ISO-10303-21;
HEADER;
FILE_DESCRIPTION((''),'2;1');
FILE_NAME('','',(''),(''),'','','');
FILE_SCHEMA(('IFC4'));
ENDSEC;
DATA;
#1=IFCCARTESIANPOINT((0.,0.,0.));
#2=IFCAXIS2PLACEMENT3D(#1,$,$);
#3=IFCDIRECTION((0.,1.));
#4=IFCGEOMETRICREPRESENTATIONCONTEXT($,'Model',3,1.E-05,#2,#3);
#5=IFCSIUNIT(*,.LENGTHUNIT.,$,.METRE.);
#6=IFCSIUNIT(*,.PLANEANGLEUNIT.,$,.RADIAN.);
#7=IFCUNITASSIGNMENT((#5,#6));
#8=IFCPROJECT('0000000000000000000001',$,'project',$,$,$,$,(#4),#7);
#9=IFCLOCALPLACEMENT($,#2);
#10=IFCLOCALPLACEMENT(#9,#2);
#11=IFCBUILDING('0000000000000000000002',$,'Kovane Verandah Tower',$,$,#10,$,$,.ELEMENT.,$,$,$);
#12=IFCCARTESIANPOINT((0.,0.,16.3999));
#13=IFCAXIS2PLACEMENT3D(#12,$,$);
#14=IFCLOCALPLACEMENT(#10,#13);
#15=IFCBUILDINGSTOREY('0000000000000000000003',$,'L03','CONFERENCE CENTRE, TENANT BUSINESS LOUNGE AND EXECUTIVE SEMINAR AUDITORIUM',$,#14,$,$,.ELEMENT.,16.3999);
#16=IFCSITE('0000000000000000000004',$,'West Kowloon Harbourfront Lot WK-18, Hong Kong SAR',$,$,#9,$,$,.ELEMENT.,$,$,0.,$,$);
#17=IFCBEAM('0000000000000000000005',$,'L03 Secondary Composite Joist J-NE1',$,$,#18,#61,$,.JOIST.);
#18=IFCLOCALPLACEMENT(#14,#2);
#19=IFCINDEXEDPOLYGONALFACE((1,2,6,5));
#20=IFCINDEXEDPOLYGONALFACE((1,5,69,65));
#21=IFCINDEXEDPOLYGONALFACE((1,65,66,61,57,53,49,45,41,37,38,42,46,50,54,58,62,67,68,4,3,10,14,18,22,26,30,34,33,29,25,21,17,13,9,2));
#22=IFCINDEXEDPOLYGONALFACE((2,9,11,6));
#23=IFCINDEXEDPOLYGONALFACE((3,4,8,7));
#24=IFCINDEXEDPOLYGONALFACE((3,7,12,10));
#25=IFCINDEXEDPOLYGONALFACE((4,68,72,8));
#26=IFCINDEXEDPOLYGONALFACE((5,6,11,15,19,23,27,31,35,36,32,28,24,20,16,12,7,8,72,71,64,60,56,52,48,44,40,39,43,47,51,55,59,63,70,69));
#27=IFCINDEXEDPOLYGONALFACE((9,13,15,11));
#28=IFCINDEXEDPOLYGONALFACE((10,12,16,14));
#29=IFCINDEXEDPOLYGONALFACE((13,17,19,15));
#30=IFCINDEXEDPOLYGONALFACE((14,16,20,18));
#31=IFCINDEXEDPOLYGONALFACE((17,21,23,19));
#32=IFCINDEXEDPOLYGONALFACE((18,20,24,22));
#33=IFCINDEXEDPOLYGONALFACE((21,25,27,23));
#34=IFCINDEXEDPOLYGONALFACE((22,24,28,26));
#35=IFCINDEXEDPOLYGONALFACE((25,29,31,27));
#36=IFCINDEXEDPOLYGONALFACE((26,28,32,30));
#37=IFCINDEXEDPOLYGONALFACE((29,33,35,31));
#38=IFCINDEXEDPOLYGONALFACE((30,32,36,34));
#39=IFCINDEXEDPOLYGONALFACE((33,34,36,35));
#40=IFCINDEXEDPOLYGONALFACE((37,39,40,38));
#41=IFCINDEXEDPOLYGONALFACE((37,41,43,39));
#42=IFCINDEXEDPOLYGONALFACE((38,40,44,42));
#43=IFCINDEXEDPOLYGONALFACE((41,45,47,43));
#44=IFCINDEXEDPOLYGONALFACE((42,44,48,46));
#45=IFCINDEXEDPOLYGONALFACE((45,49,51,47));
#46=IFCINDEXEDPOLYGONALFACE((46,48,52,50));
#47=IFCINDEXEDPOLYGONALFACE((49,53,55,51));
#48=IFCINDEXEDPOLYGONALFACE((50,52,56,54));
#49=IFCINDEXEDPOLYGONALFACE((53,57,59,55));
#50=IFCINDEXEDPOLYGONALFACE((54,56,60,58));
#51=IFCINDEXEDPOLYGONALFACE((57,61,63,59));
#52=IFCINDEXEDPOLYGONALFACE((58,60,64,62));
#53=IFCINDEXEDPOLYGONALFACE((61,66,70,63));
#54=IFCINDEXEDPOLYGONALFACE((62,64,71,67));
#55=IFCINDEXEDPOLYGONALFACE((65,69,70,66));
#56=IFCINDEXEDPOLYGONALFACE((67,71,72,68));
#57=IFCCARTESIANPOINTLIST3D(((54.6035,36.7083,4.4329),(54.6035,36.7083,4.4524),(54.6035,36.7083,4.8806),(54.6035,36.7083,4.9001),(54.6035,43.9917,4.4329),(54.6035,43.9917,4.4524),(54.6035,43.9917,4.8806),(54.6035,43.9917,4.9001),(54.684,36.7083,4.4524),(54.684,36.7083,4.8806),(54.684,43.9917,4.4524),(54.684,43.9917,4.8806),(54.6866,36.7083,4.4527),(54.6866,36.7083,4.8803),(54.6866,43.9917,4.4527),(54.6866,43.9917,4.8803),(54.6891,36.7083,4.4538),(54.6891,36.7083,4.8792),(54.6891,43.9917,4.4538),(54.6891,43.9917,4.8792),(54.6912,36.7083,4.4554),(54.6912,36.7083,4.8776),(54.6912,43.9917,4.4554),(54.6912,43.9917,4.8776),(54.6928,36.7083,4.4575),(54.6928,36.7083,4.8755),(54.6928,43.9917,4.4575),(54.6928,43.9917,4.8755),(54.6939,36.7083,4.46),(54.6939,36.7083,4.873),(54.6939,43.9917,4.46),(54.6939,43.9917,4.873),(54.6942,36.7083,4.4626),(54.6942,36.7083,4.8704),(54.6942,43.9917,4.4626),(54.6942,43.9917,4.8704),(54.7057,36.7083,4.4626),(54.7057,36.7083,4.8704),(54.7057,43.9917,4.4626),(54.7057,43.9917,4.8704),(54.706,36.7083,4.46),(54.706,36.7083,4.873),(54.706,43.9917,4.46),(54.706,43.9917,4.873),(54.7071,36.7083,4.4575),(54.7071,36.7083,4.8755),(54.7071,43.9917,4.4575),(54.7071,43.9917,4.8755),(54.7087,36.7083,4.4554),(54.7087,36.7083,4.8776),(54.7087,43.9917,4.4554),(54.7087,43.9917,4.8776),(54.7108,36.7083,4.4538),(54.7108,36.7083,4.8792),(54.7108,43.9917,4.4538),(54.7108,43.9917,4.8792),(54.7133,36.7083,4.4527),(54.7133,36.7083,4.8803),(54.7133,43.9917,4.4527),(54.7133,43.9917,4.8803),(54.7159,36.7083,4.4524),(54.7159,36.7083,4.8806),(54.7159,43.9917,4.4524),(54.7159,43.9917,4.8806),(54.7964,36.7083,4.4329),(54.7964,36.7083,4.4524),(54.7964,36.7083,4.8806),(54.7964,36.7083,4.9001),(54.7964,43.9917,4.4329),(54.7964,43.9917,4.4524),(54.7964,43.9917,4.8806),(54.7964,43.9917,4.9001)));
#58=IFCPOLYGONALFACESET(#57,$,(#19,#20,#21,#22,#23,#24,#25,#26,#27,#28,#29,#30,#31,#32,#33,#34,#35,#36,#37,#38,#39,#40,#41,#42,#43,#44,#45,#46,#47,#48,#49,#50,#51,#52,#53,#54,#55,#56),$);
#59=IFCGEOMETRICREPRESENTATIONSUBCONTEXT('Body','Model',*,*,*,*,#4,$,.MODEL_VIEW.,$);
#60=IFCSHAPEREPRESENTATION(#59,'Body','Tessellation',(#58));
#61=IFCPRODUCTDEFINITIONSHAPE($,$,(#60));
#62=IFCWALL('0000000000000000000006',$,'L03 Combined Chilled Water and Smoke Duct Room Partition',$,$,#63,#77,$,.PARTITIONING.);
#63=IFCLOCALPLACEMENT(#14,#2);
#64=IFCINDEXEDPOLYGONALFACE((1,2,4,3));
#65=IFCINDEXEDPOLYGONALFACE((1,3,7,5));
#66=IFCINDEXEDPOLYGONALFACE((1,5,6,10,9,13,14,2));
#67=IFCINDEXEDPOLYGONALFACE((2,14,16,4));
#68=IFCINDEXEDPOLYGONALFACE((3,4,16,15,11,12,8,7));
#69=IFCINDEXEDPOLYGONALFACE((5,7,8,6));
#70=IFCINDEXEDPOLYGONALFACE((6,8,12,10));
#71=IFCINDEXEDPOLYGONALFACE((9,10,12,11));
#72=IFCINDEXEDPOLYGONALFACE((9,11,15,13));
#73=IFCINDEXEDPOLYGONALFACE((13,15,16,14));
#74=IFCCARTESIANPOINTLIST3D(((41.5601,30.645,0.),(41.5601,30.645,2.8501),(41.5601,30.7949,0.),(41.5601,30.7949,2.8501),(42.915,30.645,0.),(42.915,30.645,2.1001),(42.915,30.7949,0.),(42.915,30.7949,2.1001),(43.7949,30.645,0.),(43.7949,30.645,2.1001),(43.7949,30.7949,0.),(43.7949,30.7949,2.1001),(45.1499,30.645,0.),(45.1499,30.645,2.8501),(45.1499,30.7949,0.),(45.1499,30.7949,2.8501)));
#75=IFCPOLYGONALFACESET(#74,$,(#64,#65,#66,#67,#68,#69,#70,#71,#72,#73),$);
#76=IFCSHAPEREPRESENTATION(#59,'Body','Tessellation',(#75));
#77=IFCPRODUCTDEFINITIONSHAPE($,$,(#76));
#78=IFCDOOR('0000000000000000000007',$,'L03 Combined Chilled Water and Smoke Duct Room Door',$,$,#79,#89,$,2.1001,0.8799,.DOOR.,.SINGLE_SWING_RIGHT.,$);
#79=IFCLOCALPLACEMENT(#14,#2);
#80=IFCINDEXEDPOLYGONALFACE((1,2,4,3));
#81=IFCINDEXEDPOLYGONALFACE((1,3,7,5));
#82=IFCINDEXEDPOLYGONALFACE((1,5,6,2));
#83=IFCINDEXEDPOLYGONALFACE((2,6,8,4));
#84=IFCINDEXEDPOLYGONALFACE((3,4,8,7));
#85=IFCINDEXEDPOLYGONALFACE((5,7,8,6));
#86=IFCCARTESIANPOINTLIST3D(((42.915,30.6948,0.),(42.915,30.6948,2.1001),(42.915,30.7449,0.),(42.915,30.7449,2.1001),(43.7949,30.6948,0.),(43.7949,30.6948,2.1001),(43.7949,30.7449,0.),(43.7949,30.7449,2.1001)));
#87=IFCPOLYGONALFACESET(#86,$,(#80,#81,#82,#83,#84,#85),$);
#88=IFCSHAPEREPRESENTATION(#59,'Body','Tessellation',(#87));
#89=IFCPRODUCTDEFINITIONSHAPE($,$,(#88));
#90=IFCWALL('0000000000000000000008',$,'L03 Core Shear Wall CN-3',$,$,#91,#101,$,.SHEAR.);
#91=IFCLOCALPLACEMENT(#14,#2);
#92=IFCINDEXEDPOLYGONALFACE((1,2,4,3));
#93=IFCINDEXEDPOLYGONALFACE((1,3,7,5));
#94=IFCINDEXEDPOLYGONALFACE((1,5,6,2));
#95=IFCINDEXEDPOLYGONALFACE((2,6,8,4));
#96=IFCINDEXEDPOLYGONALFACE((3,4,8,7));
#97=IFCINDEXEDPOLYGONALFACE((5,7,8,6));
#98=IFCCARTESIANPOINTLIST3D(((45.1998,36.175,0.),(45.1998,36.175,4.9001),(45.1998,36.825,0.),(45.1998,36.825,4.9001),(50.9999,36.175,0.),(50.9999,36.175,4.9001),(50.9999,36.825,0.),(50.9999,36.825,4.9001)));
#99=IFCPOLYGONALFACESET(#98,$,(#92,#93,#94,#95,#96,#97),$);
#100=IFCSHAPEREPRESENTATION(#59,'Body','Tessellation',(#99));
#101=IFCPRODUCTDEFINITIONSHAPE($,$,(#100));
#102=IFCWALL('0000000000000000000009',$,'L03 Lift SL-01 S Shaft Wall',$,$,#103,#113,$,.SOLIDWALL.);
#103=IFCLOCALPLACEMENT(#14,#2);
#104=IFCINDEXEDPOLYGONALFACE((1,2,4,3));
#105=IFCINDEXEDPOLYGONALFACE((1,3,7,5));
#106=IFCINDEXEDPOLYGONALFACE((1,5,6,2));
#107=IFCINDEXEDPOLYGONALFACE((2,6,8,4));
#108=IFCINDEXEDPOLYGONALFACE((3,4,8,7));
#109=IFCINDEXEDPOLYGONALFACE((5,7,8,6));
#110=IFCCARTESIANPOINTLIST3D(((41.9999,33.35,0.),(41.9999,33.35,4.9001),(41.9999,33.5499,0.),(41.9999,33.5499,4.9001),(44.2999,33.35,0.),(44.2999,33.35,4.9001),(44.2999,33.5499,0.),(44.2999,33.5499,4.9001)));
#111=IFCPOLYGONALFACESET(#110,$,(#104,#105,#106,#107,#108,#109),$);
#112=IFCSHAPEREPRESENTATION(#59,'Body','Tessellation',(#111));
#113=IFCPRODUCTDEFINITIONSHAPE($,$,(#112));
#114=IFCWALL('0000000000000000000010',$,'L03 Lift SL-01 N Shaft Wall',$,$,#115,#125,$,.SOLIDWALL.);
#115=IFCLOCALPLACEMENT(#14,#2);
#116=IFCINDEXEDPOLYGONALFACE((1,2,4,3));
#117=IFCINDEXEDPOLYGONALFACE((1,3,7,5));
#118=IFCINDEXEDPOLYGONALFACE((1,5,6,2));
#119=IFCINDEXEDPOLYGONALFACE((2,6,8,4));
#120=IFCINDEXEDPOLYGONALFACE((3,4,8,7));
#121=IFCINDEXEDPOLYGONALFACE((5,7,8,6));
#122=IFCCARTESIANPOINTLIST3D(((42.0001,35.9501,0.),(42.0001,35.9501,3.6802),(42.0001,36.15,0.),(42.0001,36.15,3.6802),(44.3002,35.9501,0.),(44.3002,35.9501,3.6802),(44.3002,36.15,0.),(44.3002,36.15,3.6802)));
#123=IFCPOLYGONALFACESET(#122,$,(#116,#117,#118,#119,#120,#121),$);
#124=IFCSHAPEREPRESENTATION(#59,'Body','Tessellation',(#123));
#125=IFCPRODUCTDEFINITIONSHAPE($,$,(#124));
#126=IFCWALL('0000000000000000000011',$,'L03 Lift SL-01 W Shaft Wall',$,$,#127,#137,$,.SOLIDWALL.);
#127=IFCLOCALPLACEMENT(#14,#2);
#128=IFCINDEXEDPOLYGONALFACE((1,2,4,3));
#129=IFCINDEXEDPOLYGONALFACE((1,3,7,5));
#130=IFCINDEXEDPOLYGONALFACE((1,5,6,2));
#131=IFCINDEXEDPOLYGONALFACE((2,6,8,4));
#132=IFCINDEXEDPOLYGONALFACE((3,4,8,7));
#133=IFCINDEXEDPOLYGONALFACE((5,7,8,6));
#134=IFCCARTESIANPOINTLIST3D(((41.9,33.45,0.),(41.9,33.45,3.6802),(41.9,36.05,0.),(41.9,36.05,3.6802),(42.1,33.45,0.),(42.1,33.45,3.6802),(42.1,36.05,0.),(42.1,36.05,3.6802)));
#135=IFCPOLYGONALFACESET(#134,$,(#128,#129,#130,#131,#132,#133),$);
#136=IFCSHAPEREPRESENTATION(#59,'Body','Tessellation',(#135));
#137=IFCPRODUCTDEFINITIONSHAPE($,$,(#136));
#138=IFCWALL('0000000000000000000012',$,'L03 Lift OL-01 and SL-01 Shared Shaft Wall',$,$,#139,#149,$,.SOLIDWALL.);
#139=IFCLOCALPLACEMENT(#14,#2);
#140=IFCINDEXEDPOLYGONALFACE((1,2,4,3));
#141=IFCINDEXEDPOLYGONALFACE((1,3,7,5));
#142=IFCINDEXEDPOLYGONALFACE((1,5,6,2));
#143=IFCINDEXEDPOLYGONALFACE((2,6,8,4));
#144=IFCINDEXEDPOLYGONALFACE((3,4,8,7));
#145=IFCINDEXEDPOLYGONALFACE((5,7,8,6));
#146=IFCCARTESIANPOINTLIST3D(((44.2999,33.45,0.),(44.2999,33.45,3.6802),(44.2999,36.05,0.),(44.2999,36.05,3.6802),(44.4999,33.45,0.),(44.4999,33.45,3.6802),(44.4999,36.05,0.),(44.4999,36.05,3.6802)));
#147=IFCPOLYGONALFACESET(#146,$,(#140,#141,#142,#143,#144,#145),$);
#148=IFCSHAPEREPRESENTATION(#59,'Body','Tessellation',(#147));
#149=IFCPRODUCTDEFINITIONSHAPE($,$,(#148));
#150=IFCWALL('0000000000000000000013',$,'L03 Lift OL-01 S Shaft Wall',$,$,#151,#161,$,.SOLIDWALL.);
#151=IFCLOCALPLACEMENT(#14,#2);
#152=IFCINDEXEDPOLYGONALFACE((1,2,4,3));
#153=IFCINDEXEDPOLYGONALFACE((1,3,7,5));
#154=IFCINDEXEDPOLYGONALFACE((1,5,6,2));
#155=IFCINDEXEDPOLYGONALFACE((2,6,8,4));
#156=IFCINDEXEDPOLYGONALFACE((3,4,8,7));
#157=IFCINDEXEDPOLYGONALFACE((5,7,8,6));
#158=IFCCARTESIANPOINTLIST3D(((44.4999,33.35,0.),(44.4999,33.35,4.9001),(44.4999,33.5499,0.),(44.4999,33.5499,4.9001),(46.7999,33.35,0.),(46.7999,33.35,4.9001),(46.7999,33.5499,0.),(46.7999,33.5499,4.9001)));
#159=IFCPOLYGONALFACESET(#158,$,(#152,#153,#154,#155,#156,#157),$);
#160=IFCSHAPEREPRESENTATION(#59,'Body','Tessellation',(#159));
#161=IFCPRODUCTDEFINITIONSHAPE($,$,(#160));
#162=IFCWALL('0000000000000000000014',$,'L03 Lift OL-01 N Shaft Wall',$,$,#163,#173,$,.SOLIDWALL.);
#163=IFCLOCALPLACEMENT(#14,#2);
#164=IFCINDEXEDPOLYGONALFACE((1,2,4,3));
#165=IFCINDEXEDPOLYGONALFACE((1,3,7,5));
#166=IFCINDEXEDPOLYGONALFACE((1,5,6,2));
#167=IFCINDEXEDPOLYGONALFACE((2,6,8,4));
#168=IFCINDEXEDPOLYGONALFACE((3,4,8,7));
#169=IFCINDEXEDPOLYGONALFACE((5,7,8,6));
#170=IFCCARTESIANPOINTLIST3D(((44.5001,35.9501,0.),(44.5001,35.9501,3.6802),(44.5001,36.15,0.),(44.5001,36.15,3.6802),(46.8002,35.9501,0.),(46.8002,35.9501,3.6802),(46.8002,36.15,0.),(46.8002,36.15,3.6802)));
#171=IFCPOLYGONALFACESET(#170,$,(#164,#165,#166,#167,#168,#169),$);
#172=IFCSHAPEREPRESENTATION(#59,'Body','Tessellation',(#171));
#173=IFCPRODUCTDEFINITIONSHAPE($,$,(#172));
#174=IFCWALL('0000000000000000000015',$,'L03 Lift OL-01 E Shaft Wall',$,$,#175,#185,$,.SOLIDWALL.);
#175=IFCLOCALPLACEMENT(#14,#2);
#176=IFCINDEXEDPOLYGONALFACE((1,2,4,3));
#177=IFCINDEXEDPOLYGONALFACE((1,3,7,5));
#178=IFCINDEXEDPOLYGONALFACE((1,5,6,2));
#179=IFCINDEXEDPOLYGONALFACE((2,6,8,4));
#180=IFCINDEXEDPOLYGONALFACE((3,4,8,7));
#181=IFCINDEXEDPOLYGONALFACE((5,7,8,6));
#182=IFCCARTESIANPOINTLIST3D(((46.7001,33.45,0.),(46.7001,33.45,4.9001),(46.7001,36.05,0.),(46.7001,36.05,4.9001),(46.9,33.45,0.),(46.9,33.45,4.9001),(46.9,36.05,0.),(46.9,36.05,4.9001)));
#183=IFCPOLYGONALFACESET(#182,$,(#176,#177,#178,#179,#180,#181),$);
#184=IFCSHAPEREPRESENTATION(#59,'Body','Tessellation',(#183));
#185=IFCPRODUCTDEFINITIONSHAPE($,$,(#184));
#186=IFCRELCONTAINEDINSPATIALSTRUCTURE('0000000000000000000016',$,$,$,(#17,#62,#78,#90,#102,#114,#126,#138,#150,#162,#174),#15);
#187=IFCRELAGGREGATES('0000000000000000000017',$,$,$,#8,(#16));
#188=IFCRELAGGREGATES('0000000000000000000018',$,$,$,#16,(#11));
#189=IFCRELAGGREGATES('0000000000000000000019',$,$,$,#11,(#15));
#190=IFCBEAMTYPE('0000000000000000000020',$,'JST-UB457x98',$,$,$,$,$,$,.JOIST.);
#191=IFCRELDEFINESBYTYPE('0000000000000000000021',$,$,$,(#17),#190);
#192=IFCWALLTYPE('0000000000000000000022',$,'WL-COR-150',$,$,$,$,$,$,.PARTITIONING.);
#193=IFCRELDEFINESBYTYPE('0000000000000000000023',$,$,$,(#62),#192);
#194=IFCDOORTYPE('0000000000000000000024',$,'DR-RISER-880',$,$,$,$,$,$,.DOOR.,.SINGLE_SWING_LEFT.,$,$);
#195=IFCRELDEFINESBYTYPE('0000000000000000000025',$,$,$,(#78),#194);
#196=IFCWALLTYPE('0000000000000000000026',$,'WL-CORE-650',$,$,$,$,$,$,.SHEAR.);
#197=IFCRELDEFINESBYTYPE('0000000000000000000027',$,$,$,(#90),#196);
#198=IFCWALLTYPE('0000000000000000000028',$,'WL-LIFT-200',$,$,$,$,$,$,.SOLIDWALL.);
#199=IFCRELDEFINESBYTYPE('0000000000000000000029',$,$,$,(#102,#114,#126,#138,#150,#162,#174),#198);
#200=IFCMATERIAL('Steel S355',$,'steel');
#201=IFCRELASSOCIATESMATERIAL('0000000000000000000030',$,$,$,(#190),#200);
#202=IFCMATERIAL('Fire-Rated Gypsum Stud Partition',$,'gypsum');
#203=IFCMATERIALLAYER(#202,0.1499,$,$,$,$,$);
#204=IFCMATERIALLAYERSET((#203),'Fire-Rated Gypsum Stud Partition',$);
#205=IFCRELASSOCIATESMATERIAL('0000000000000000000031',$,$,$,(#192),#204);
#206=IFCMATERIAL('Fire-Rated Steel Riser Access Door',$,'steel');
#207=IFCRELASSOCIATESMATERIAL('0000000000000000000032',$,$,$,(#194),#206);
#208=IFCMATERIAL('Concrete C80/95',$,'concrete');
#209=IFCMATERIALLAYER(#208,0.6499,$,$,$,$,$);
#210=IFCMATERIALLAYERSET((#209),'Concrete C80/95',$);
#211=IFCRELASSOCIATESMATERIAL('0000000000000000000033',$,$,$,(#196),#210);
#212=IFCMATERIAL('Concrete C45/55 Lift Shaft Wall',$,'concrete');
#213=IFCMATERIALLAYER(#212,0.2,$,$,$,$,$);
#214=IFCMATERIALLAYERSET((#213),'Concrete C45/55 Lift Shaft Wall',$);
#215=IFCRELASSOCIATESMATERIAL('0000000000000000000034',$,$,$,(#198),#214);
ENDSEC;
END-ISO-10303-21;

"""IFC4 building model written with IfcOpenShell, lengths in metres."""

from ifc_helpers import new_model, si_unit, direction, frame, frame_2d, origin, origin_2d, place, context, subcontext, project, spatial, rectangle, i_section, extrude, material, layer, layer_set, material_profile, profile_set, type_object, element, fill, save


model = new_model("IFC4")

# Units and contexts
model_context = context("Model", 3, precision=1e-05, world=origin(), true_north=direction((0.0, 1.0)))
body_context = subcontext(model_context, "Body", "Model", "MODEL_VIEW")
ifc_project = project(units=[si_unit("LENGTHUNIT", "METRE"), si_unit("PLANEANGLEUNIT", "RADIAN")], contexts=[model_context])

# Site, building, storey
site_placement = place(None, origin())
site = spatial("IfcSite", under=ifc_project, at=site_placement, Name="West Kowloon Harbourfront Lot WK-18, Hong Kong SAR", CompositionType="ELEMENT", RefElevation=0.0)
building_placement = place(site_placement, origin())
building = spatial("IfcBuilding", under=site, at=building_placement, Name="Kovane Verandah Tower", CompositionType="ELEMENT")
storey_placement = place(building_placement, frame((0.0, 0.0, 16.3999)))
storey = spatial("IfcBuildingStorey", under=building, at=storey_placement, Name="L03", Description="CONFERENCE CENTRE, TENANT BUSINESS LOUNGE AND EXECUTIVE SEMINAR AUDITORIUM", CompositionType="ELEMENT", Elevation=16.3999)

# Shared definitions
ifc_material_1 = material(Name="Concrete C80/95", Category="concrete")

# Beam
ifc_material_2 = material(Name="Steel S355", Category="steel")
ifc_material_profile_1 = material_profile(ifc_material_2, i_section(OverallWidth=0.1929, OverallDepth=0.4673, WebThickness=0.0115, FlangeThickness=0.0195, FilletRadius=0.0103, at=origin_2d()), Name="UB457x191x98")
ifc_profile_set_1 = profile_set([ifc_material_profile_1], Name="Steel S355")
beam_type_1 = type_object("IfcBeamType", Name="JST-UB457x98", PredefinedType="JOIST", material=ifc_profile_set_1)
beam_1_placement = place(storey_placement, frame((54.7, 36.7083, 4.6665), z_axis=(0.0, 1.0, 0.0), x_axis=(-1.0, 0.0, 0.0)))
element("IfcBeam", 1, at=beam_1_placement, inside=storey, type_object=beam_type_1, Name="L03 Secondary Composite Joist J-NE1", PredefinedType="JOIST", context=body_context, shape_type="SweptSolid", body=[
    extrude(i_section(OverallWidth=0.1929, OverallDepth=0.4673, WebThickness=0.0115, FlangeThickness=0.0195, FilletRadius=0.0103, at=origin_2d()), origin(), (0.0, 0.0, 1.0), 7.2834),
])

# Wall, opening, door
ifc_material_3 = material(Name="Fire-Rated Gypsum Stud Partition", Category="gypsum")
ifc_layer_1 = layer(ifc_material_3, 0.1499)
ifc_layer_set_1 = layer_set([ifc_layer_1], Name="Fire-Rated Gypsum Stud Partition")
wall_type_1 = type_object("IfcWallType", Name="WL-COR-150", PredefinedType="PARTITIONING", material=ifc_layer_set_1)
wall_1_placement = place(storey_placement, frame((41.5601, 30.72, 0.0), z_axis=(0.0, 0.0, 1.0), x_axis=(1.0, 0.0, 0.0)))
wall_1 = element("IfcWall", 2, at=wall_1_placement, inside=storey, type_object=wall_type_1, Name="L03 Combined Chilled Water and Smoke Duct Room Partition", PredefinedType="PARTITIONING", context=body_context, shape_type="SweptSolid", body=[
    extrude(rectangle(XDim=3.5898, YDim=0.1499, at=frame_2d((1.7949, 0.0))), origin(), (0.0, 0.0, 1.0), 2.8501),
])
opening_1_placement = place(wall_1_placement, frame((1.355, 0.0, 0.0)))
opening_1 = element("IfcOpeningElement", 3, at=opening_1_placement, cuts=wall_1, PredefinedType="OPENING", context=body_context, shape_type="SweptSolid", body=[
    extrude(rectangle(XDim=0.8799, YDim=2.1001, at=frame_2d((0.4399, 1.05))), frame((0.0, 0.075, 0.0), z_axis=(0.0, -1.0, 0.0), x_axis=(1.0, 0.0, 0.0)), (0.0, 0.0, 1.0), 0.1499),
])
ifc_material_4 = material(Name="Fire-Rated Steel Riser Access Door", Category="steel")
door_type_1 = type_object("IfcDoorType", Name="DR-RISER-880", OperationType="SINGLE_SWING_LEFT", PredefinedType="DOOR", material=ifc_material_4)
door_1_placement = place(opening_1_placement, origin())
door_1 = element("IfcDoor", 4, at=door_1_placement, inside=storey, type_object=door_type_1, Name="L03 Combined Chilled Water and Smoke Duct Room Door", OperationType="SINGLE_SWING_RIGHT", OverallHeight=2.1001, OverallWidth=0.8799, PredefinedType="DOOR", context=body_context, shape_type="SweptSolid", body=[
    extrude(rectangle(XDim=0.8799, YDim=2.1001, at=frame_2d((0.4399, 1.05))), frame((0.0, 0.0249, 0.0), z_axis=(0.0, -1.0, 0.0), x_axis=(1.0, 0.0, 0.0)), (0.0, 0.0, 1.0), 0.05),
])
fill(opening_1, door_1)
ifc_layer_2 = layer(ifc_material_1, 0.6499)
ifc_layer_set_2 = layer_set([ifc_layer_2], Name="Concrete C80/95")
wall_type_2 = type_object("IfcWallType", Name="WL-CORE-650", PredefinedType="SHEAR", material=ifc_layer_set_2)

# Walls
wall_2_placement = place(storey_placement, frame((45.2, 36.5, 0.0), z_axis=(0.0, 0.0, 1.0), x_axis=(1.0, 0.0, 0.0)))
element("IfcWall", 5, at=wall_2_placement, inside=storey, type_object=wall_type_2, Name="L03 Core Shear Wall CN-3", PredefinedType="SHEAR", context=body_context, shape_type="SweptSolid", body=[
    extrude(rectangle(XDim=5.8, YDim=0.6499, at=frame_2d((2.8999, 0.0))), origin(), (0.0, 0.0, 1.0), 4.9001),
])
ifc_material_5 = material(Name="Concrete C45/55 Lift Shaft Wall", Category="concrete")
ifc_layer_3 = layer(ifc_material_5, 0.2)
ifc_layer_set_3 = layer_set([ifc_layer_3], Name="Concrete C45/55 Lift Shaft Wall")
wall_type_3 = type_object("IfcWallType", Name="WL-LIFT-200", PredefinedType="SOLIDWALL", material=ifc_layer_set_3)
wall_3_placement = place(storey_placement, frame((42.0, 33.45, 0.0), z_axis=(0.0, 0.0, 1.0), x_axis=(1.0, 0.0, 0.0)))
element("IfcWall", 6, at=wall_3_placement, inside=storey, type_object=wall_type_3, Name="L03 Lift SL-01 S Shaft Wall", PredefinedType="SOLIDWALL", context=body_context, shape_type="SweptSolid", body=[
    extrude(rectangle(XDim=2.3, YDim=0.2, at=frame_2d((1.1499, 0.0))), origin(), (0.0, 0.0, 1.0), 4.9001),
])
wall_4_placement = place(storey_placement, frame((44.3, 36.05, 0.0), z_axis=(0.0, 0.0, 1.0), x_axis=(-1.0, 0.0, 0.0)))
element("IfcWall", 7, at=wall_4_placement, inside=storey, type_object=wall_type_3, Name="L03 Lift SL-01 N Shaft Wall", PredefinedType="SOLIDWALL", context=body_context, shape_type="SweptSolid", body=[
    extrude(rectangle(XDim=2.3, YDim=0.2, at=frame_2d((1.1499, 0.0))), origin(), (0.0, 0.0, 1.0), 3.6802),
])
for number, where, z_axis, x_axis, name in (
    (8, (42.0, 36.05, 0.0), (0.0, 0.0, 1.0), (0.0, -1.0, 0.0), "L03 Lift SL-01 W Shaft Wall"),
    (9, (44.3999, 33.45, 0.0), (0.0, 0.0, 1.0), (0.0, 1.0, 0.0), "L03 Lift OL-01 and SL-01 Shared Shaft Wall"),
):
    element("IfcWall", number, at=place(storey_placement, frame(where, z_axis=z_axis, x_axis=x_axis)), inside=storey, type_object=wall_type_3, Name=name, PredefinedType="SOLIDWALL", context=body_context, shape_type="SweptSolid", body=[
        extrude(rectangle(XDim=2.6001, YDim=0.2, at=frame_2d((1.3, 0.0))), origin(), (0.0, 0.0, 1.0), 3.6802),
    ])
wall_5_placement = place(storey_placement, frame((44.5, 33.45, 0.0), z_axis=(0.0, 0.0, 1.0), x_axis=(1.0, 0.0, 0.0)))
element("IfcWall", 10, at=wall_5_placement, inside=storey, type_object=wall_type_3, Name="L03 Lift OL-01 S Shaft Wall", PredefinedType="SOLIDWALL", context=body_context, shape_type="SweptSolid", body=[
    extrude(rectangle(XDim=2.3, YDim=0.2, at=frame_2d((1.1499, 0.0))), origin(), (0.0, 0.0, 1.0), 4.9001),
])
wall_6_placement = place(storey_placement, frame((46.8, 36.05, 0.0), z_axis=(0.0, 0.0, 1.0), x_axis=(-1.0, 0.0, 0.0)))
element("IfcWall", 11, at=wall_6_placement, inside=storey, type_object=wall_type_3, Name="L03 Lift OL-01 N Shaft Wall", PredefinedType="SOLIDWALL", context=body_context, shape_type="SweptSolid", body=[
    extrude(rectangle(XDim=2.3, YDim=0.2, at=frame_2d((1.1499, 0.0))), origin(), (0.0, 0.0, 1.0), 3.6802),
])
wall_7_placement = place(storey_placement, frame((46.8, 33.45, 0.0), z_axis=(0.0, 0.0, 1.0), x_axis=(0.0, 1.0, 0.0)))
element("IfcWall", 12, at=wall_7_placement, inside=storey, type_object=wall_type_3, Name="L03 Lift OL-01 E Shaft Wall", PredefinedType="SOLIDWALL", context=body_context, shape_type="SweptSolid", body=[
    extrude(rectangle(XDim=2.6001, YDim=0.2, at=frame_2d((1.3, 0.0))), origin(), (0.0, 0.0, 1.0), 4.9001),
])

save(model, "model.ifc")
